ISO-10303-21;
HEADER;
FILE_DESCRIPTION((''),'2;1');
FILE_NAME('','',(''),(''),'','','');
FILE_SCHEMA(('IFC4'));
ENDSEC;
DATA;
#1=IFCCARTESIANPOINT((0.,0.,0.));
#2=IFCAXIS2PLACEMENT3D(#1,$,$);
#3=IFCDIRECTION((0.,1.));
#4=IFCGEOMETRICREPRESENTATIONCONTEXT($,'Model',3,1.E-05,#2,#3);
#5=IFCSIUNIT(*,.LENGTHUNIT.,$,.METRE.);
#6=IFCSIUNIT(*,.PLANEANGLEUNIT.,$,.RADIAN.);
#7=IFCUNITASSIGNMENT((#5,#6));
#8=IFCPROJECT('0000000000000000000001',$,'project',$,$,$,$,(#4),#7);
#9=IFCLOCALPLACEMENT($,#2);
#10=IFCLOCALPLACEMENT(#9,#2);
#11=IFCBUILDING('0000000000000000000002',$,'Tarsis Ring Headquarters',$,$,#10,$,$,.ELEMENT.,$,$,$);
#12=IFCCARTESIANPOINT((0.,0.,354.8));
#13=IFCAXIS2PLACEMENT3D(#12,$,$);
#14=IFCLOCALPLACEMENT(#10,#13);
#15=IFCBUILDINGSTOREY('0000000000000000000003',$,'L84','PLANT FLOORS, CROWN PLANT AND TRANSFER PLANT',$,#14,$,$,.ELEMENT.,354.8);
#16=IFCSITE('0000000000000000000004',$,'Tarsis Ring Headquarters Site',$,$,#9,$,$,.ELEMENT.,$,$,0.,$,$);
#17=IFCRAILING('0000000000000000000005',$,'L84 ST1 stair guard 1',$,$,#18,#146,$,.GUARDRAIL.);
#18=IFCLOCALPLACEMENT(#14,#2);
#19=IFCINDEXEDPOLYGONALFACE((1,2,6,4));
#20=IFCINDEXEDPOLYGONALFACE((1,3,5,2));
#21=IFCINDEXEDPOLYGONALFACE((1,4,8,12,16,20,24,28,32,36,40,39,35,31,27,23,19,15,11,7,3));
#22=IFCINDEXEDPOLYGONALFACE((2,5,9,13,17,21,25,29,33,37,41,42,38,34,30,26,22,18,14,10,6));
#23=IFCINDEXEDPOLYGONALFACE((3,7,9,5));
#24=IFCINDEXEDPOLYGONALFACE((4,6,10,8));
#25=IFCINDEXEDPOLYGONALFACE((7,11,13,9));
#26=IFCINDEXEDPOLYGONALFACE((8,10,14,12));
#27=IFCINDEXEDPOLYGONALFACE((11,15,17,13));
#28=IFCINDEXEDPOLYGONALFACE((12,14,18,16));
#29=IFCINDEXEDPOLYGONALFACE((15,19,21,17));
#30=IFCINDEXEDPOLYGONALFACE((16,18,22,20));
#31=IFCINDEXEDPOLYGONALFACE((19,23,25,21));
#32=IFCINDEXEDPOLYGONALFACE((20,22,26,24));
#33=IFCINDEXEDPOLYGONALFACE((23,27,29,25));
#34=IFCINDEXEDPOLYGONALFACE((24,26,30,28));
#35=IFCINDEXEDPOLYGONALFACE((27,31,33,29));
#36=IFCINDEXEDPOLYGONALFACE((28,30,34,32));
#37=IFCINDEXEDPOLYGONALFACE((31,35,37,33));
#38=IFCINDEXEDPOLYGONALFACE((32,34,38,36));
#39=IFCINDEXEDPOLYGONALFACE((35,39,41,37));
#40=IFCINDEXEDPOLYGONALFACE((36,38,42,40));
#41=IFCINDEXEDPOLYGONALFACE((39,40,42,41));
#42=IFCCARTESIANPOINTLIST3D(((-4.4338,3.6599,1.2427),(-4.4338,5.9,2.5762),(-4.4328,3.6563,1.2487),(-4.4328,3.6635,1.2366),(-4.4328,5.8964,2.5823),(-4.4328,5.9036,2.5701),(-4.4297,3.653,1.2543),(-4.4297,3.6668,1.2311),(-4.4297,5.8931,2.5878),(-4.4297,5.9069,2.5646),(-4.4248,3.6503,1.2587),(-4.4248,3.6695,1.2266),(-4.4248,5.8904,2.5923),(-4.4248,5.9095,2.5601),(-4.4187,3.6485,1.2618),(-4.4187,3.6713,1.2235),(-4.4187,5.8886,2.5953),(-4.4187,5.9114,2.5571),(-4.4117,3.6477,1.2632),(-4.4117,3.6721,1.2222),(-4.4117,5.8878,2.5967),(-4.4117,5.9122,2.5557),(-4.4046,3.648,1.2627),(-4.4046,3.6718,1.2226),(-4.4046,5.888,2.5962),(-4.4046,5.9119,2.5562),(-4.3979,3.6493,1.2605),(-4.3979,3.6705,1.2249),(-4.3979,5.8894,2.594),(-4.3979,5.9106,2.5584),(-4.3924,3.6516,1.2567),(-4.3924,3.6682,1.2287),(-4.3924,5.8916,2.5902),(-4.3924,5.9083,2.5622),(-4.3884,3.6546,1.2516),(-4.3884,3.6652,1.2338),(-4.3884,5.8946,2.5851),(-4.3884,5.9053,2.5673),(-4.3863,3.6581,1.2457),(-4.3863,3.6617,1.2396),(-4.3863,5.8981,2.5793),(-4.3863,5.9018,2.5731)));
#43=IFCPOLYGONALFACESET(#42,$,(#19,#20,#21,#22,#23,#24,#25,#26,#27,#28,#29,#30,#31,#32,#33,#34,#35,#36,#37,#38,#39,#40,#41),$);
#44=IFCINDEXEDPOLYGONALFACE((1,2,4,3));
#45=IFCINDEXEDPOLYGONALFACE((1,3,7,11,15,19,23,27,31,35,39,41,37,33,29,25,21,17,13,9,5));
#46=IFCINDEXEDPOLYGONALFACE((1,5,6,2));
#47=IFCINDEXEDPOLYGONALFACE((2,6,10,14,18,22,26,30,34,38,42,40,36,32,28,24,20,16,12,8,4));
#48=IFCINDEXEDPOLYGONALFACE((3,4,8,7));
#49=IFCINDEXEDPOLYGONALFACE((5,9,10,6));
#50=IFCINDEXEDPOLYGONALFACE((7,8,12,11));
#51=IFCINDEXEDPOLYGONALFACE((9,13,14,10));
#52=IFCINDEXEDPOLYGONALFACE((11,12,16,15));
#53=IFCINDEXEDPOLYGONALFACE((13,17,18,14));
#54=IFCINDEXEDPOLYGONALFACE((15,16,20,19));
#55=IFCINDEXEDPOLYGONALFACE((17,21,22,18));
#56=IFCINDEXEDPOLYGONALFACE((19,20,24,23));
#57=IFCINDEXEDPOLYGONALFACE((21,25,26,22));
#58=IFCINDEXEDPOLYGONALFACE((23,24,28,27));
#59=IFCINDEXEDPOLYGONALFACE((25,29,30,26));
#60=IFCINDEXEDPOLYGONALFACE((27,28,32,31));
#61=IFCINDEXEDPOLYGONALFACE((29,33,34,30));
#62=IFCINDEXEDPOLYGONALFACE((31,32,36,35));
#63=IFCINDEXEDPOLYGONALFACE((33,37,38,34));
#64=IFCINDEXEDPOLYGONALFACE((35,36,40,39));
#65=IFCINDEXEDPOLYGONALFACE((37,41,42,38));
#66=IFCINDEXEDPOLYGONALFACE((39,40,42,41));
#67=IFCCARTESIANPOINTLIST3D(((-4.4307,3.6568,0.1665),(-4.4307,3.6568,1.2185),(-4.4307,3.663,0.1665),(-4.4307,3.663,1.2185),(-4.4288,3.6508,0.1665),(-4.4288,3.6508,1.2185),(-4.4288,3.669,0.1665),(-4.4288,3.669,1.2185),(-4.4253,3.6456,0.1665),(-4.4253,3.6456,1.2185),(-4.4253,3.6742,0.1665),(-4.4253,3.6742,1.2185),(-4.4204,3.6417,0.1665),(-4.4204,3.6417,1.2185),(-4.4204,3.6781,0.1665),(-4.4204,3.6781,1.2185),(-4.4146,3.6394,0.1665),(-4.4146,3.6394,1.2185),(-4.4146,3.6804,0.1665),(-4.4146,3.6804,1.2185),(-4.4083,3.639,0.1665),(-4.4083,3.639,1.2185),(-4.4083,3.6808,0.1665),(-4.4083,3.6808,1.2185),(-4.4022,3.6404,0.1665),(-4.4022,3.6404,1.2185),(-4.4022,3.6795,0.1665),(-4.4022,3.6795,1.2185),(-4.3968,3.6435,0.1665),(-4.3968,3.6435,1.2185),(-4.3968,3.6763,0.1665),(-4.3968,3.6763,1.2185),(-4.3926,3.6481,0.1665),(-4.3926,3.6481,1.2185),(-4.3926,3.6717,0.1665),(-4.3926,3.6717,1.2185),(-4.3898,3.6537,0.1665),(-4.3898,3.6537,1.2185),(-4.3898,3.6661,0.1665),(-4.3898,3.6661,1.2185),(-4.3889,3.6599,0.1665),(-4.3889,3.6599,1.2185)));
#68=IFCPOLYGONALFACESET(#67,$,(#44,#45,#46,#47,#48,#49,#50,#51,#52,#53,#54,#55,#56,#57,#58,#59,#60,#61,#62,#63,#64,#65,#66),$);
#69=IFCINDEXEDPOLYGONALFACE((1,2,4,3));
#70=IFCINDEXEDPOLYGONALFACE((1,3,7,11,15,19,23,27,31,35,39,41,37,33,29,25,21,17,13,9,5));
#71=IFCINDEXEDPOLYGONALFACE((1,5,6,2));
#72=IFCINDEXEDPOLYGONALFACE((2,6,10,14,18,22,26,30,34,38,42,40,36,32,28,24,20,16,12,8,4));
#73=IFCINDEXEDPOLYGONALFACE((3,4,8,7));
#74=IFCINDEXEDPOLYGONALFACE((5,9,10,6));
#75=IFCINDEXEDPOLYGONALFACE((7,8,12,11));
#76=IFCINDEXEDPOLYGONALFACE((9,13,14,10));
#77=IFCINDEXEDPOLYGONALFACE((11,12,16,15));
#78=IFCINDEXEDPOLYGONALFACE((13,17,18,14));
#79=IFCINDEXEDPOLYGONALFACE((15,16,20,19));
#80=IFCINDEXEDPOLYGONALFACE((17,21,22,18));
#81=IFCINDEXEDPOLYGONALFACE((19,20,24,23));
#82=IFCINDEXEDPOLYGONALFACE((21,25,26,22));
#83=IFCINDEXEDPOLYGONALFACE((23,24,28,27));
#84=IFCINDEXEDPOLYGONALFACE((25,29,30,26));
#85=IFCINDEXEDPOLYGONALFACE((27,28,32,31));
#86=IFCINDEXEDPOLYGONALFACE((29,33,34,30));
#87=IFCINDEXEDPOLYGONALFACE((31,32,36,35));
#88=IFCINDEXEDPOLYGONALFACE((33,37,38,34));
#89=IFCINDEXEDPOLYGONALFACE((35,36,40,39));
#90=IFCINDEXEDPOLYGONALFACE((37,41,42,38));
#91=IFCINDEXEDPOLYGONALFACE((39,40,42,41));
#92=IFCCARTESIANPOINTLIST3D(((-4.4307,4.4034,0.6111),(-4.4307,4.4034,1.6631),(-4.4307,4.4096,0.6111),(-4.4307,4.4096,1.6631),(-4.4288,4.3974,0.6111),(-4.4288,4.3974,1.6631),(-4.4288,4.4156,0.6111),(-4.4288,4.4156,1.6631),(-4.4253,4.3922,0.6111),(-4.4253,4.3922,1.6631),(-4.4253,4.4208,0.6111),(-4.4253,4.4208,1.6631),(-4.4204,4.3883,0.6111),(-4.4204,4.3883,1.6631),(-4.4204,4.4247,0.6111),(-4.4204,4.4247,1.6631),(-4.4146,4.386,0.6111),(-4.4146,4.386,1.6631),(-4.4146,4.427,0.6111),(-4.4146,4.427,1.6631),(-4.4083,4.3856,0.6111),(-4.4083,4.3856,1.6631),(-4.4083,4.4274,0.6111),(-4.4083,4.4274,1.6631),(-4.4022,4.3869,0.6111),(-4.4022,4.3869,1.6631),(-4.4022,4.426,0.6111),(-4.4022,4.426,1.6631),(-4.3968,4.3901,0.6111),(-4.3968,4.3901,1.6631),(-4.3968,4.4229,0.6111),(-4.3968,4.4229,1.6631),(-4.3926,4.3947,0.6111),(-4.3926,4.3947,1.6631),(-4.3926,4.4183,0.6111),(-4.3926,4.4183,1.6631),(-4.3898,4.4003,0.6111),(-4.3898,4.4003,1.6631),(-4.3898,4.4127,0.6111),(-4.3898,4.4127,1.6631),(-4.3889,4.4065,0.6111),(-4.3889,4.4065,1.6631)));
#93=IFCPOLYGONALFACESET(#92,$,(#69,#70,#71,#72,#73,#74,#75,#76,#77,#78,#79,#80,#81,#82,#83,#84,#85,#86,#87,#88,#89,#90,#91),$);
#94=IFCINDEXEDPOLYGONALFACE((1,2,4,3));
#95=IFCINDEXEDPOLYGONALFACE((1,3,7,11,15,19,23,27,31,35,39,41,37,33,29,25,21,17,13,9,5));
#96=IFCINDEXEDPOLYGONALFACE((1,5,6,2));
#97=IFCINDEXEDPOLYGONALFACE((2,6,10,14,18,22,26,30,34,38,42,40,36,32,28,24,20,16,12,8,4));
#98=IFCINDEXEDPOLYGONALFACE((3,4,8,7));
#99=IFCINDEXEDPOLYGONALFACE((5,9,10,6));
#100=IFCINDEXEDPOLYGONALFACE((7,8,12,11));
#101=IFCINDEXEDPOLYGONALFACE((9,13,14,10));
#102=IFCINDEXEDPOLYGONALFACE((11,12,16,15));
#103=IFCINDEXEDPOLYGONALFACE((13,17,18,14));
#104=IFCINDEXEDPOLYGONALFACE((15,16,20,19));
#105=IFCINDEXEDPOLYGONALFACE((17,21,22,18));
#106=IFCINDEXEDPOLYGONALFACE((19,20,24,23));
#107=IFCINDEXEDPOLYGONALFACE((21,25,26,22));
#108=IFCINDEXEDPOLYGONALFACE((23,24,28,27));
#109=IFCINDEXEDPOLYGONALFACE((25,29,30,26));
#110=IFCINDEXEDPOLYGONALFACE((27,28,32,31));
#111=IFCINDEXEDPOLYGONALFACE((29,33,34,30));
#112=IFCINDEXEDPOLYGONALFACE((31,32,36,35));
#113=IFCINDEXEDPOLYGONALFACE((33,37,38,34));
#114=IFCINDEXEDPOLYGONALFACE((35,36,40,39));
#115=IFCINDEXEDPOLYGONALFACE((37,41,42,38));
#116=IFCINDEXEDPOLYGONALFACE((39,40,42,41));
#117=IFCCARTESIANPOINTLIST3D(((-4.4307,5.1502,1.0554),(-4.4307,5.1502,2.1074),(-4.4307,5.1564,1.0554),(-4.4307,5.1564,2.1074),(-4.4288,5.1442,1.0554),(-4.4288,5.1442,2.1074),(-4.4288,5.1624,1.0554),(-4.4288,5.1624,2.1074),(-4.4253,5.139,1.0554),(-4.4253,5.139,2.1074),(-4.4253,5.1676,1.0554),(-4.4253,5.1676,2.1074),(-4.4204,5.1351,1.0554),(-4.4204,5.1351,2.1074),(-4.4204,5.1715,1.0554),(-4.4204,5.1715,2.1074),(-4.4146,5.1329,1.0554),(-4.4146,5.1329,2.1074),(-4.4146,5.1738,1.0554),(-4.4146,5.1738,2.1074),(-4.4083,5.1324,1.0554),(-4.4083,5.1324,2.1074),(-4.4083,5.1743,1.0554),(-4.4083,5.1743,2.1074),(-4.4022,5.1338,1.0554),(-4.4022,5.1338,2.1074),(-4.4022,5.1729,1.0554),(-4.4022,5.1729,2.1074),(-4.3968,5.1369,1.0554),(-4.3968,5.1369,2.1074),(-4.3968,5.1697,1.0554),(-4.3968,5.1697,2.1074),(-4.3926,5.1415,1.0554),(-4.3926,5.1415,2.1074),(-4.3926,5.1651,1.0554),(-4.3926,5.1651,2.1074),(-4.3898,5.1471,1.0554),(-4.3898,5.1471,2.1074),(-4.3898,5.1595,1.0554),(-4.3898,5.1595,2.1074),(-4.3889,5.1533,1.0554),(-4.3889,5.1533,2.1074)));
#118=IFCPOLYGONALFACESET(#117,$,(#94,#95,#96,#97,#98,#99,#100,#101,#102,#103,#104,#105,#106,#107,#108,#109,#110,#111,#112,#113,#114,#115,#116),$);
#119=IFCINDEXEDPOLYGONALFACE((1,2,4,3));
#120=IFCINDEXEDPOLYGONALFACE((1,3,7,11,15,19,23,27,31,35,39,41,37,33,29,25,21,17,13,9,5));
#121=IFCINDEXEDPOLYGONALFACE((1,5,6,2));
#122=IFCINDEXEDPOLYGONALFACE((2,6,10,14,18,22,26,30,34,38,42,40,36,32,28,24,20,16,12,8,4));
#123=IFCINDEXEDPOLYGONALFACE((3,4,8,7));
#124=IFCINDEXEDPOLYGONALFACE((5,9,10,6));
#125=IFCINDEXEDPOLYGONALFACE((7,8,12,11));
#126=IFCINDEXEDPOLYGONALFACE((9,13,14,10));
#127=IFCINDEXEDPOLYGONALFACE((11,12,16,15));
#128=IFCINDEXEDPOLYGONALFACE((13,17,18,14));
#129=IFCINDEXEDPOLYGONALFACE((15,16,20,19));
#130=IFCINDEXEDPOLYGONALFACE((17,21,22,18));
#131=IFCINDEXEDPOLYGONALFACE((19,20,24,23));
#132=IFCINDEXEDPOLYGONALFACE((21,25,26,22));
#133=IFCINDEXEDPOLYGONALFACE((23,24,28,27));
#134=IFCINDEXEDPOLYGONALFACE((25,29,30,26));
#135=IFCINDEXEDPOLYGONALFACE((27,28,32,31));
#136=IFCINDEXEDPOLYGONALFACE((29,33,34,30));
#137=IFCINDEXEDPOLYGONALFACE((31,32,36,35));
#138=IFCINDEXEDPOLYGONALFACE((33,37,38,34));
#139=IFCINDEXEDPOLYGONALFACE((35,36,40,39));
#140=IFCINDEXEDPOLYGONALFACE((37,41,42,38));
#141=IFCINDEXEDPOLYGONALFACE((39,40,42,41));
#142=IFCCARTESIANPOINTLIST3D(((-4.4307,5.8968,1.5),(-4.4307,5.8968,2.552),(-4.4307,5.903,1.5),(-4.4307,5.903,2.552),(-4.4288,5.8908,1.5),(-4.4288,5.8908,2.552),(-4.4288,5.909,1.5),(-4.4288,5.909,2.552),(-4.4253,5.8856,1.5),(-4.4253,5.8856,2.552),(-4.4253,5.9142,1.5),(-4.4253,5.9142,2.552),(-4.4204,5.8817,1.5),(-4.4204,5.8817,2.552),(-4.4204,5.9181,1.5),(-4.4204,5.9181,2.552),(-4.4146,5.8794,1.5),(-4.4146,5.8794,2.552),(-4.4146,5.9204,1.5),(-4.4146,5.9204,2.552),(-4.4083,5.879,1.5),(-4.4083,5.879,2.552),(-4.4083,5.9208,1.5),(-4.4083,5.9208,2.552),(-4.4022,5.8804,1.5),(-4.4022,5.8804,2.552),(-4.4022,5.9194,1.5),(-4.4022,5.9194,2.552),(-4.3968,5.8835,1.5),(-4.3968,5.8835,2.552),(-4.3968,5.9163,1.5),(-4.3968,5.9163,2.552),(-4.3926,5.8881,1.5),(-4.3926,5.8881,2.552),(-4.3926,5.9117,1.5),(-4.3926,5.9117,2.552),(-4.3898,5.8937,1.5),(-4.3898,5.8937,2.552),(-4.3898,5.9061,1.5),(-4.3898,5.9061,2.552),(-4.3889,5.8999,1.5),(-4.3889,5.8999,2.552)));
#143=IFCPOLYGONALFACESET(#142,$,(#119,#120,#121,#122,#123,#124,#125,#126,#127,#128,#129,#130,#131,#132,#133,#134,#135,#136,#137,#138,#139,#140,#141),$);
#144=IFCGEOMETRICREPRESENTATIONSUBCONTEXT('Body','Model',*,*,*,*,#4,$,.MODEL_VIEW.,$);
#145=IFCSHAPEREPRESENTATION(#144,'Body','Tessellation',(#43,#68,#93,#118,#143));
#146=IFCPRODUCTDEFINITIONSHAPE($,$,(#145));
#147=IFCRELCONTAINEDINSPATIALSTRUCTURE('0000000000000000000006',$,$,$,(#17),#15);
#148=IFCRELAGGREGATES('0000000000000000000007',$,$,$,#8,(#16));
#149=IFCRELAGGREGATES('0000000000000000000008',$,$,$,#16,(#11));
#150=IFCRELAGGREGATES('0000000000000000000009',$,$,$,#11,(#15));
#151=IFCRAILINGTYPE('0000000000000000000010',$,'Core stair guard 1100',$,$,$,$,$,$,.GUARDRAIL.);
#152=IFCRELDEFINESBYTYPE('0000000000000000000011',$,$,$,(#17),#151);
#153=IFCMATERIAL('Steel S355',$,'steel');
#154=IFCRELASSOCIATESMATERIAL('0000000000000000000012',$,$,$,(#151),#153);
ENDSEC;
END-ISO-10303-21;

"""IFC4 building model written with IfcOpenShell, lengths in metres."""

from ifc_helpers import new_model, si_unit, direction, frame, origin, origin_2d, place, context, subcontext, project, spatial, circle, extrude, material, type_object, element, save


model = new_model("IFC4")

# Units and contexts
model_context = context("Model", 3, precision=1e-05, world=origin(), true_north=direction((0.0, 1.0)))
body_context = subcontext(model_context, "Body", "Model", "MODEL_VIEW")
ifc_project = project(units=[si_unit("LENGTHUNIT", "METRE"), si_unit("PLANEANGLEUNIT", "RADIAN")], contexts=[model_context])

# Site, building, storey
site_placement = place(None, origin())
site = spatial("IfcSite", under=ifc_project, at=site_placement, Name="Tarsis Ring Headquarters Site", CompositionType="ELEMENT", RefElevation=0.0)
building_placement = place(site_placement, origin())
building = spatial("IfcBuilding", under=site, at=building_placement, Name="Tarsis Ring Headquarters", CompositionType="ELEMENT")
storey_placement = place(building_placement, frame((0.0, 0.0, 354.8)))
storey = spatial("IfcBuildingStorey", under=building, at=storey_placement, Name="L84", Description="PLANT FLOORS, CROWN PLANT AND TRANSFER PLANT", CompositionType="ELEMENT", Elevation=354.8)

# Shared definitions
ifc_material_1 = material(Name="Steel S355", Category="steel")

# Railing
railing_type_1 = type_object("IfcRailingType", Name="Core stair guard 1100", PredefinedType="GUARDRAIL", material=ifc_material_1)
railing_1_placement = place(storey_placement, frame((-4.4099, 3.6599, 0.1665)))
element("IfcRailing", 1, at=railing_1_placement, inside=storey, type_object=railing_type_1, Name="L84 ST1 stair guard 1", PredefinedType="GUARDRAIL", context=body_context, shape_type="SweptSolid", body=[
    extrude(circle(Radius=0.0239, at=origin_2d()), frame((0.0, 0.0, 1.0762), z_axis=(0.0, 0.859264, 0.511532), x_axis=(-1.0, 0.0, 0.0)), (0.0, 0.0, 1.0), 2.6069),
    extrude(circle(Radius=0.021, at=origin_2d()), origin(), (0.0, 0.0, 1.0), 1.052),
    extrude(circle(Radius=0.021, at=origin_2d()), frame((0.0, 0.7466, 0.4446)), (0.0, 0.0, 1.0), 1.052),
    extrude(circle(Radius=0.021, at=origin_2d()), frame((0.0, 1.4934, 0.8889)), (0.0, 0.0, 1.0), 1.052),
    extrude(circle(Radius=0.021, at=origin_2d()), frame((0.0, 2.24, 1.3335)), (0.0, 0.0, 1.0), 1.052),
])

save(model, "model.ifc")
